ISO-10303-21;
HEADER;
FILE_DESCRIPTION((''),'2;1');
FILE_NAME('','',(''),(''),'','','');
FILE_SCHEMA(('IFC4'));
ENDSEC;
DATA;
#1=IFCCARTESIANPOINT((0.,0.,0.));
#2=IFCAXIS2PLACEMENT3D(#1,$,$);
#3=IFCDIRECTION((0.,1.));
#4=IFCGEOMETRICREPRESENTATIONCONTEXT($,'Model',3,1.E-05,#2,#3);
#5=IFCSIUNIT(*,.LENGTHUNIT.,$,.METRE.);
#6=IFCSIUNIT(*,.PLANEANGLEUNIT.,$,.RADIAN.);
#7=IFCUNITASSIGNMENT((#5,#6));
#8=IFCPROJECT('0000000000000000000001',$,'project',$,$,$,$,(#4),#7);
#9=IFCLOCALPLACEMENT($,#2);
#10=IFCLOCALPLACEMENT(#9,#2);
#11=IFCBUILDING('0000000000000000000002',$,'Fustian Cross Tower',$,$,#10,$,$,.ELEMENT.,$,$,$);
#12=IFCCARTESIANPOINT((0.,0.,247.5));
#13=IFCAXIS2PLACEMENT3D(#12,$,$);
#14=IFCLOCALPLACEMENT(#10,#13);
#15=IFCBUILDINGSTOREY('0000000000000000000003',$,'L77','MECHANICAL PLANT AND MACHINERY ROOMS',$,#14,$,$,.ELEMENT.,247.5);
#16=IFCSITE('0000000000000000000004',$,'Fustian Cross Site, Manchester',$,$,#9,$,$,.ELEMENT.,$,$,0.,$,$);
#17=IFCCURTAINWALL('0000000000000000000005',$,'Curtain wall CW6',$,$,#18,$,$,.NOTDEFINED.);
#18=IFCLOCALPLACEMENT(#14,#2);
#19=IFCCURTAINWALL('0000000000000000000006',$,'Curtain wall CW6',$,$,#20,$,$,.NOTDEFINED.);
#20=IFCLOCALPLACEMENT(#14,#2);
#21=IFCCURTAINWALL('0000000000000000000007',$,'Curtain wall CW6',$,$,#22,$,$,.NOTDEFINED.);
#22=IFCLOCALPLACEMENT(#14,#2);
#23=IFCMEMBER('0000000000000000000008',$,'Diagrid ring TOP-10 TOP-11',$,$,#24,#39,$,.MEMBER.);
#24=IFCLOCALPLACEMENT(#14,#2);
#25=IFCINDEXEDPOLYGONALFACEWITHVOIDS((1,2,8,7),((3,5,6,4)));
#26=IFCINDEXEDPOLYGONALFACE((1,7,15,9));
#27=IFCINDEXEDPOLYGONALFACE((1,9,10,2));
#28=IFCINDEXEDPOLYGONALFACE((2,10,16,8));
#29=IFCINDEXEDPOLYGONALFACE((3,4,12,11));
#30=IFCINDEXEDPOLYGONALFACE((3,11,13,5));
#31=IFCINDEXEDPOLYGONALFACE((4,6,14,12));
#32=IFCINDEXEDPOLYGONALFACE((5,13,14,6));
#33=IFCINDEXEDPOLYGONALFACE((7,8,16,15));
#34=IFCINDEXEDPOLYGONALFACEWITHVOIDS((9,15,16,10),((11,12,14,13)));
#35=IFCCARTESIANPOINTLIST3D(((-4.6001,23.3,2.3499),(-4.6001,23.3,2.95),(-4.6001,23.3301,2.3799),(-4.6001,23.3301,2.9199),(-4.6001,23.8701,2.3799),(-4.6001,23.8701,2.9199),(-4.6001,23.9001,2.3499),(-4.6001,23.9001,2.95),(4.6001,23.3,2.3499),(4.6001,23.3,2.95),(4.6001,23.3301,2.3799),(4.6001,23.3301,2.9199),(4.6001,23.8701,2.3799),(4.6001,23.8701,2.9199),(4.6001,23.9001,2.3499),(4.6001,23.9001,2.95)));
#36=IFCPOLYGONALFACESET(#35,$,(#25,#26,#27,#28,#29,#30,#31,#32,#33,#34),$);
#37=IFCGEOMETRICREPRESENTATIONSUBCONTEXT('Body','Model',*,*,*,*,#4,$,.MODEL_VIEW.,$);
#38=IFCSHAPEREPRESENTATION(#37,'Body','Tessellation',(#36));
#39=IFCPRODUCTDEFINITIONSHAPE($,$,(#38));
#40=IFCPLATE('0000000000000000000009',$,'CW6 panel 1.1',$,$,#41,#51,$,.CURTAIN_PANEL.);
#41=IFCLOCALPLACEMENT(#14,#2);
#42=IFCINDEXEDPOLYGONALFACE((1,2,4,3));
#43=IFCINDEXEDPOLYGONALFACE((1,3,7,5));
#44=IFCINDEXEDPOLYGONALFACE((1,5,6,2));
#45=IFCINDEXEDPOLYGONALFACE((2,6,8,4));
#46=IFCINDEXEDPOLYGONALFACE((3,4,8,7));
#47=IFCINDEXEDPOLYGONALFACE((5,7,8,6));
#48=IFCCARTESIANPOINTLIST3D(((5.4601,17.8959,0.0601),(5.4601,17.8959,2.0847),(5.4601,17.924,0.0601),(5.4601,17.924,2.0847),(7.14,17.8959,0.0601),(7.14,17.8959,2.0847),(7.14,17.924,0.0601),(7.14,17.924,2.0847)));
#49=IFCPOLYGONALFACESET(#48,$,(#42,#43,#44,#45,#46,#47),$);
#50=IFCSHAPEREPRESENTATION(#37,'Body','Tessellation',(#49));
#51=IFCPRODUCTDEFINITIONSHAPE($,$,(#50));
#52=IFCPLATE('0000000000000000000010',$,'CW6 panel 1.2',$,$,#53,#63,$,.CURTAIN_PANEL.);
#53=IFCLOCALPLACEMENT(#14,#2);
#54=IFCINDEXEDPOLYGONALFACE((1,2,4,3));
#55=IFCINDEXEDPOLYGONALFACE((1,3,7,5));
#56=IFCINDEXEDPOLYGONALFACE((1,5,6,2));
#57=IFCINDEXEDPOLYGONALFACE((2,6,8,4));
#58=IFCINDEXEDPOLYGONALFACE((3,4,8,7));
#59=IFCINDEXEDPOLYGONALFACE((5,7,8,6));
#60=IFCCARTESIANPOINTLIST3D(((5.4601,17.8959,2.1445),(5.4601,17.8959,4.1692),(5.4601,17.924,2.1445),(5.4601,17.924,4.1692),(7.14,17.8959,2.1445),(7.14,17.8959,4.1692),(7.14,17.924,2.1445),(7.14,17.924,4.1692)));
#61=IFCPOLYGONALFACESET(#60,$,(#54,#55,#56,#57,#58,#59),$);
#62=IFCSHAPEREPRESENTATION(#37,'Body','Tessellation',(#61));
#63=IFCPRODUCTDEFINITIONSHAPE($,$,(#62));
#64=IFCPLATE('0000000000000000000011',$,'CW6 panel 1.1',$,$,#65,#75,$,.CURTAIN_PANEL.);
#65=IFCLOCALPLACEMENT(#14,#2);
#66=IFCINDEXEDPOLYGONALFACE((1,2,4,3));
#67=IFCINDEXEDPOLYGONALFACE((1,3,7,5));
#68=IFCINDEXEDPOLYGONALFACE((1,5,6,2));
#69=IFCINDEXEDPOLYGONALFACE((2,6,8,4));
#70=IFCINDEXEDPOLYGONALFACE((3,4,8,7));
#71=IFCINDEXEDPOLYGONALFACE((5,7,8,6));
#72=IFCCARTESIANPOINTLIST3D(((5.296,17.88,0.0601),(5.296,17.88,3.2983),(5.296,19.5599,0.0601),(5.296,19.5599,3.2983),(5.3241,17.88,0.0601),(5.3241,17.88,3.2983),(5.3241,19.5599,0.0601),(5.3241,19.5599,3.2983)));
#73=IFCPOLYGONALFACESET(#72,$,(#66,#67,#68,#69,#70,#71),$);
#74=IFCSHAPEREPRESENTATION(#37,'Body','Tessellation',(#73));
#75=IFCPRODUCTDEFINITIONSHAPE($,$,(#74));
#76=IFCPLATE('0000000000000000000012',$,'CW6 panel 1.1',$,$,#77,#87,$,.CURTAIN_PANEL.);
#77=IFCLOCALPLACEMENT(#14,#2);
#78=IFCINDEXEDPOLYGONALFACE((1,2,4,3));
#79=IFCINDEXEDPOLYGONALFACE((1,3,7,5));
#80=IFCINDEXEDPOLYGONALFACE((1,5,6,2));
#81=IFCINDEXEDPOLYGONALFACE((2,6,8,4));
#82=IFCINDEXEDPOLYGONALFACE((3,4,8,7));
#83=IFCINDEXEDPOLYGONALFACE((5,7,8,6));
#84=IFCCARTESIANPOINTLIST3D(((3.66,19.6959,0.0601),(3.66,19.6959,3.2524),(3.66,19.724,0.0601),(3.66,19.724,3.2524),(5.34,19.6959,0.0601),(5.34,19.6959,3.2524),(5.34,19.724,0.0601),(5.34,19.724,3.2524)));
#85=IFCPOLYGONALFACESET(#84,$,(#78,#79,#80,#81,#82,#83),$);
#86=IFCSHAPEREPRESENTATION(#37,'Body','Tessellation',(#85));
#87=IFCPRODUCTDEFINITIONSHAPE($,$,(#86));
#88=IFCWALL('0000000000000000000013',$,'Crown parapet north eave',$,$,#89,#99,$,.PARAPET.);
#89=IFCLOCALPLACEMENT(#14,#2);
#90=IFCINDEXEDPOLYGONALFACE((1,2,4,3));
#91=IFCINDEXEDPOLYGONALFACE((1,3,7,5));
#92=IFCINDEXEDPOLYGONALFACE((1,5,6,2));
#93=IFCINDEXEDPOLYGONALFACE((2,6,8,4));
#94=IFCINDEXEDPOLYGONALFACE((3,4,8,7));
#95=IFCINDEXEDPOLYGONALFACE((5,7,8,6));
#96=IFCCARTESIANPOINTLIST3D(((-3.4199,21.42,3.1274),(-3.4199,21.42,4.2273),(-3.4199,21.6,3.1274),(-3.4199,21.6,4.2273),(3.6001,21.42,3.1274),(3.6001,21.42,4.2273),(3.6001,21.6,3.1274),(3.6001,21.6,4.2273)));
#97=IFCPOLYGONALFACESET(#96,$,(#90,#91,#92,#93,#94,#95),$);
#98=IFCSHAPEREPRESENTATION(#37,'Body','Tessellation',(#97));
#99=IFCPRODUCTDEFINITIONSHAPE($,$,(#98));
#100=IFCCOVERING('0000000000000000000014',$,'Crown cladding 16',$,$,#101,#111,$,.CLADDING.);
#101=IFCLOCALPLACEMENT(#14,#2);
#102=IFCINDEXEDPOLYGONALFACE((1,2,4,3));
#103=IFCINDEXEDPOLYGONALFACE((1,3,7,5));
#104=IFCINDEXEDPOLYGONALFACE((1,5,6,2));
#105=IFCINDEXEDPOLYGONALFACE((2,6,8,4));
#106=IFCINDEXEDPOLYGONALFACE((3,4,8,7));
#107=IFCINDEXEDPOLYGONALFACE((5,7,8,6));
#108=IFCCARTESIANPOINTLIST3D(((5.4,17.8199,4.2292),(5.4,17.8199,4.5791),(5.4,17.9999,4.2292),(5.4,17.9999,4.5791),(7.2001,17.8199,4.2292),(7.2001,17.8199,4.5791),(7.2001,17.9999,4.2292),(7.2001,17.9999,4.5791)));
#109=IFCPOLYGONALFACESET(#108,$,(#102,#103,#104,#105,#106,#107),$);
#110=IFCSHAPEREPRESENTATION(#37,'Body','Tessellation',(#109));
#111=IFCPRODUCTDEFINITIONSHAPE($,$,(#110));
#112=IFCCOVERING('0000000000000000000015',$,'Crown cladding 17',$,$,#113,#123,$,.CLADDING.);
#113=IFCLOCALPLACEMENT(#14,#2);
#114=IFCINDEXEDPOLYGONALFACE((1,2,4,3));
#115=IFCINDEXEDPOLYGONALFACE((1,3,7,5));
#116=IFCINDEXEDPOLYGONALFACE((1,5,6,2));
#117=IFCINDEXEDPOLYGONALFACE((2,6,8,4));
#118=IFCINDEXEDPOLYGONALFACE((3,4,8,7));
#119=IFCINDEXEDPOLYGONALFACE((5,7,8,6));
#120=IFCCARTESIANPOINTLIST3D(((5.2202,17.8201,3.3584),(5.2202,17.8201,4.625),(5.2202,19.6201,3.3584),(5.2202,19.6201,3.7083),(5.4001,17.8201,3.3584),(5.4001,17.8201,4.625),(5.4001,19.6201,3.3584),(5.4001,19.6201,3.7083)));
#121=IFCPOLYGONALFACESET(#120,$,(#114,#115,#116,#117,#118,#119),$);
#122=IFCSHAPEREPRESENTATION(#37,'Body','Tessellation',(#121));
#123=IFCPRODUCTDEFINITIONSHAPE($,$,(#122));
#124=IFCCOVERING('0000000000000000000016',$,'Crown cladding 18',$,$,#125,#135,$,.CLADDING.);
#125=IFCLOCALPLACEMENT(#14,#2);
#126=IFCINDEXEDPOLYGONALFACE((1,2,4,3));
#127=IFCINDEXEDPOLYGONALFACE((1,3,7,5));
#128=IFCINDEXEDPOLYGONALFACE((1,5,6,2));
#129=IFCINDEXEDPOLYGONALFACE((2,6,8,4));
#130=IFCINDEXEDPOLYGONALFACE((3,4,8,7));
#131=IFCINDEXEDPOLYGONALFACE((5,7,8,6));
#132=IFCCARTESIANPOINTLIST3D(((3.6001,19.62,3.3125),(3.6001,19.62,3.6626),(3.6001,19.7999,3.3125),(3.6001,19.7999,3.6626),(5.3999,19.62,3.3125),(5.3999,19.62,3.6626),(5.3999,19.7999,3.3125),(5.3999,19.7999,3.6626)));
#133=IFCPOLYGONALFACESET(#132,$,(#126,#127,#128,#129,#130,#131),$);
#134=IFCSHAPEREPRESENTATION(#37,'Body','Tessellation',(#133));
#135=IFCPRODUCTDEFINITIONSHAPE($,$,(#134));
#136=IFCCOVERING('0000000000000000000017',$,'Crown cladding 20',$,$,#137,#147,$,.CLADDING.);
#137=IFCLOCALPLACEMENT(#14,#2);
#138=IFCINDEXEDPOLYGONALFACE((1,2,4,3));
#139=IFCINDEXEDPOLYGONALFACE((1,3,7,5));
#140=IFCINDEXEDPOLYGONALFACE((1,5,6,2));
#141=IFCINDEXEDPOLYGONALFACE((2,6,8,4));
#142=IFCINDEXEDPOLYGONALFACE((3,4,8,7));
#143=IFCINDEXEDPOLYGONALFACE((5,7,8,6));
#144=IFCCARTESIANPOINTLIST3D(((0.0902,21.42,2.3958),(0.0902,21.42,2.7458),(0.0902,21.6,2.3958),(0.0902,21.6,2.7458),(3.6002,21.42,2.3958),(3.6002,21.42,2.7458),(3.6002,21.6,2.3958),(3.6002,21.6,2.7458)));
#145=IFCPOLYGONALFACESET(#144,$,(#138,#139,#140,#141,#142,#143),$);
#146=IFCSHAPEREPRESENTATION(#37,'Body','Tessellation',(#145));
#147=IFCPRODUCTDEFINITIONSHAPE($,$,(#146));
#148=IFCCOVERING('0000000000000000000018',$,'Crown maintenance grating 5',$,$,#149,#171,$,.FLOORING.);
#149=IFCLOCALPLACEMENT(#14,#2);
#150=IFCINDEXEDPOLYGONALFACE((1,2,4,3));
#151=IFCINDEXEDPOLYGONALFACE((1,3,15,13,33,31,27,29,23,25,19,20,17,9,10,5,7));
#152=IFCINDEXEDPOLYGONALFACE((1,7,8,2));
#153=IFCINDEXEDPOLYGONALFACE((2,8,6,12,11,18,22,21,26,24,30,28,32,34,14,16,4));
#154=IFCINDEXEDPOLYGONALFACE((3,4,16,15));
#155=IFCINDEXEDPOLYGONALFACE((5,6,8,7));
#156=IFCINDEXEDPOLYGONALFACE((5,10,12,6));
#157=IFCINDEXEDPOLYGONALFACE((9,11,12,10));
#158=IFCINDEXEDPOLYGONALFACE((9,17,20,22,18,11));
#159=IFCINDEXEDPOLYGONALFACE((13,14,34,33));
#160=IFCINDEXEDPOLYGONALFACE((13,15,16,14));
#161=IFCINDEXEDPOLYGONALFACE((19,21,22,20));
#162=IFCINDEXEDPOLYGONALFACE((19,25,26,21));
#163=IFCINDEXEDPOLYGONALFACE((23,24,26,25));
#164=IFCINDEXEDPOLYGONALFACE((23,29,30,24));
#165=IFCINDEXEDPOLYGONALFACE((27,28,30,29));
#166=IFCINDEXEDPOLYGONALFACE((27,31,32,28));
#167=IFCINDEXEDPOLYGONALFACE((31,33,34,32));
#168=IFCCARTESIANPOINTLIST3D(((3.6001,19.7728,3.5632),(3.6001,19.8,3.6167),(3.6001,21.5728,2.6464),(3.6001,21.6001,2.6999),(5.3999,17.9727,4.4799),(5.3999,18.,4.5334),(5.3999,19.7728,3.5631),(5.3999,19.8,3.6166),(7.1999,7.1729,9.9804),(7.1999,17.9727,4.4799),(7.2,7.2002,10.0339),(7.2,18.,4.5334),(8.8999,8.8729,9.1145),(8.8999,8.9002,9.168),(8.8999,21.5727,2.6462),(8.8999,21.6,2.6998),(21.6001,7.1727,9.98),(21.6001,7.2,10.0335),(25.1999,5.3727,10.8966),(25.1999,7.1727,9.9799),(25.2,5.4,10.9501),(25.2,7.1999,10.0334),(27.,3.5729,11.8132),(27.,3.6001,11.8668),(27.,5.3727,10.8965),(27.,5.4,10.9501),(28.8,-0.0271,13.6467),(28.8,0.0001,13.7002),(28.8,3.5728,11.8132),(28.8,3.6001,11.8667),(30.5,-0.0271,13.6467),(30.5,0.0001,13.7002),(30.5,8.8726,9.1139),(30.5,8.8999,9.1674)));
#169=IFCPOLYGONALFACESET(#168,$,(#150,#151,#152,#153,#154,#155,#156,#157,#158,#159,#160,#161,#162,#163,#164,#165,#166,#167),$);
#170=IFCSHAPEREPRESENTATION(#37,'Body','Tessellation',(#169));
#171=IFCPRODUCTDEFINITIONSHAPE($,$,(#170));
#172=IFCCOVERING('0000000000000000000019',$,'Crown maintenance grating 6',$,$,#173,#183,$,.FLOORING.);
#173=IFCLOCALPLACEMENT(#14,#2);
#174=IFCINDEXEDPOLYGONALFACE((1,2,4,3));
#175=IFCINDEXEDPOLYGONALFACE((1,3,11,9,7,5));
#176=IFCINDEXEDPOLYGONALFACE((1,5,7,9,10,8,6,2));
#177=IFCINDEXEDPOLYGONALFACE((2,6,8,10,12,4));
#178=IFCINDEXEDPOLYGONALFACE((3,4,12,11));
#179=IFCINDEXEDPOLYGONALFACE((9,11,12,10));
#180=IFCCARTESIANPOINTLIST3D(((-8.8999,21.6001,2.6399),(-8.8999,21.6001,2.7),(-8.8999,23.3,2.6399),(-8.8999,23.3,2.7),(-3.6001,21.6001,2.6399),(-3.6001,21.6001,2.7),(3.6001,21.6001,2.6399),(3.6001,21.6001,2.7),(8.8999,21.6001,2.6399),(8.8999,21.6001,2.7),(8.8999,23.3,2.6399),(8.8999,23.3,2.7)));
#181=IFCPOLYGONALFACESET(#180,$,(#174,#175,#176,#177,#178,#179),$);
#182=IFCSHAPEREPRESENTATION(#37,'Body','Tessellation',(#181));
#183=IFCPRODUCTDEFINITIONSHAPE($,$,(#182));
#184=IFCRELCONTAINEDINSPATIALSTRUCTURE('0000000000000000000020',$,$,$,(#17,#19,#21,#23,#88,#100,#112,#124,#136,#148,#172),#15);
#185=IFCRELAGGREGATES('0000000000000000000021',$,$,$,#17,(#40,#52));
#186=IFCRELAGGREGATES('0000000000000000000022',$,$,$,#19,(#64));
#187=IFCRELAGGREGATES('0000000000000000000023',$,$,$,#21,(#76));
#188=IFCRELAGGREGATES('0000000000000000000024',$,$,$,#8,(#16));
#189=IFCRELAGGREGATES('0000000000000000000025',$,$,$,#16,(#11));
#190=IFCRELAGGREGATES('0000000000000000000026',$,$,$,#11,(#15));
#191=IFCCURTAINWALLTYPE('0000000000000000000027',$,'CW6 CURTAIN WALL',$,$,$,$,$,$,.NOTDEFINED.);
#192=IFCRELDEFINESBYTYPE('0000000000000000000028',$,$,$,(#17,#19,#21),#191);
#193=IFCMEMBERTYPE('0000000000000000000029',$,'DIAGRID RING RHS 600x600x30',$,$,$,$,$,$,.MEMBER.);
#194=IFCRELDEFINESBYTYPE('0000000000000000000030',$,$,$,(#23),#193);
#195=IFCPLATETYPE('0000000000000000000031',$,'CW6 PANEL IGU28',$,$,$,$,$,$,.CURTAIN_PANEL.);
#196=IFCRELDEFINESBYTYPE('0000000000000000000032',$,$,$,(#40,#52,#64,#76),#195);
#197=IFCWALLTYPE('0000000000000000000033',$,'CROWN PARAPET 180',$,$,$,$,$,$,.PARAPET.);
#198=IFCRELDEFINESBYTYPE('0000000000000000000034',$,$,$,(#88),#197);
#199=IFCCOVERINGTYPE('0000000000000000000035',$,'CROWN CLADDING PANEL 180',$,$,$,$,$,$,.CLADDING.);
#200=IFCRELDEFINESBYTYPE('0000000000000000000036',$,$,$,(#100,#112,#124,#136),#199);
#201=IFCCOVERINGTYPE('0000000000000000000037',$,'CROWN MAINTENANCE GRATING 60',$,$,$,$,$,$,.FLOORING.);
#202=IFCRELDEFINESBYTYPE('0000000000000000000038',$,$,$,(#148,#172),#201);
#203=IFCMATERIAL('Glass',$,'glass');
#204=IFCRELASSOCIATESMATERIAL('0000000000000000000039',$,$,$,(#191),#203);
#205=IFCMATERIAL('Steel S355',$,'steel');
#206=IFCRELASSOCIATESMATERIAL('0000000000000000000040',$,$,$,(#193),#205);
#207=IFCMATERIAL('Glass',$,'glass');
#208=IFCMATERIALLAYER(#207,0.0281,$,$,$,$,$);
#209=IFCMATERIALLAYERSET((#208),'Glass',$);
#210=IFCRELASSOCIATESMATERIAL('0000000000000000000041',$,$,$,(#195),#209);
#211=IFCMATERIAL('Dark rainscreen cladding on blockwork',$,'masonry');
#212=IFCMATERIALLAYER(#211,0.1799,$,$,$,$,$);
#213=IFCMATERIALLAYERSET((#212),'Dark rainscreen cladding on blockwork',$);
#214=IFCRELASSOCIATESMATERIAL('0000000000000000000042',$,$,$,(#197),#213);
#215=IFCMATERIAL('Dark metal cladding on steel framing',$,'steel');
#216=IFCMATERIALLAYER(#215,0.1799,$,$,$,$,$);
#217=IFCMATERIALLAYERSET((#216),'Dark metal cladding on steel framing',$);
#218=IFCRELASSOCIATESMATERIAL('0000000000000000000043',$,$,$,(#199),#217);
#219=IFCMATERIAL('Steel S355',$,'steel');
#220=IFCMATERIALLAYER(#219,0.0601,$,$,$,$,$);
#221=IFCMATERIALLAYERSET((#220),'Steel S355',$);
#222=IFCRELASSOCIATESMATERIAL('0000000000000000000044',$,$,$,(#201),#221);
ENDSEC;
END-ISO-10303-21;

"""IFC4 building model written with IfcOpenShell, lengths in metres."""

from ifc_helpers import new_model, si_unit, direction, frame, frame_2d, origin, origin_2d, place, context, subcontext, project, spatial, polyline, rectangle, hollow_rectangle, outline, extrude, material, layer, layer_set, material_profile, profile_set, type_object, element, aggregate, save


model = new_model("IFC4")

# Units and contexts
model_context = context("Model", 3, precision=1e-05, world=origin(), true_north=direction((0.0, 1.0)))
body_context = subcontext(model_context, "Body", "Model", "MODEL_VIEW")
ifc_project = project(units=[si_unit("LENGTHUNIT", "METRE"), si_unit("PLANEANGLEUNIT", "RADIAN")], contexts=[model_context])

# Site, building, storey
site_placement = place(None, origin())
site = spatial("IfcSite", under=ifc_project, at=site_placement, Name="Fustian Cross Site, Manchester", CompositionType="ELEMENT", RefElevation=0.0)
building_placement = place(site_placement, origin())
building = spatial("IfcBuilding", under=site, at=building_placement, Name="Fustian Cross Tower", CompositionType="ELEMENT")
storey_placement = place(building_placement, frame((0.0, 0.0, 247.5)))
storey = spatial("IfcBuildingStorey", under=building, at=storey_placement, Name="L77", Description="MECHANICAL PLANT AND MACHINERY ROOMS", CompositionType="ELEMENT", Elevation=247.5)

# Shared definitions
ifc_material_1 = material(Name="Glass", Category="glass")
curtain_wall_type = type_object("IfcCurtainWallType", Name="CW6 CURTAIN WALL", PredefinedType="NOTDEFINED", material=ifc_material_1)

# Curtain walls
curtain_wall_1_placement = place(storey_placement, origin())
curtain_wall_1 = element("IfcCurtainWall", 1, at=curtain_wall_1_placement, inside=storey, type_object=curtain_wall_type, Name="Curtain wall CW6", PredefinedType="NOTDEFINED")
curtain_wall_2_placement = place(storey_placement, origin())
curtain_wall_2 = element("IfcCurtainWall", 2, at=curtain_wall_2_placement, inside=storey, type_object=curtain_wall_type, Name="Curtain wall CW6", PredefinedType="NOTDEFINED")
curtain_wall_3_placement = place(storey_placement, origin())
curtain_wall_3 = element("IfcCurtainWall", 3, at=curtain_wall_3_placement, inside=storey, type_object=curtain_wall_type, Name="Curtain wall CW6", PredefinedType="NOTDEFINED")

# Member
ifc_material_2 = material(Name="Steel S355", Category="steel")
ifc_material_profile_1 = material_profile(ifc_material_2, hollow_rectangle(XDim=0.6001, YDim=0.6001, WallThickness=0.03, at=origin_2d()), Name="RHS 600x600x30")
ifc_profile_set_1 = profile_set([ifc_material_profile_1], Name="Steel S355")
member_type_1 = type_object("IfcMemberType", Name="DIAGRID RING RHS 600x600x30", PredefinedType="MEMBER", material=ifc_profile_set_1)
member_1_placement = place(storey_placement, frame((4.6001, 23.6001, 2.6499), z_axis=(-1.0, 0.0, 0.0), x_axis=(0.0, -1.0, 0.0)))
element("IfcMember", 4, at=member_1_placement, inside=storey, type_object=member_type_1, Name="Diagrid ring TOP-10 TOP-11", PredefinedType="MEMBER", context=body_context, shape_type="SweptSolid", body=[
    extrude(hollow_rectangle(XDim=0.6001, YDim=0.6001, WallThickness=0.03, at=origin_2d()), origin(), (0.0, 0.0, 1.0), 9.2002),
])

# Plates
ifc_material_3 = material(Name="Glass", Category="glass")
ifc_layer_1 = layer(ifc_material_3, 0.0281)
ifc_layer_set_1 = layer_set([ifc_layer_1], Name="Glass")
plate_type = type_object("IfcPlateType", Name="CW6 PANEL IGU28", PredefinedType="CURTAIN_PANEL", material=ifc_layer_set_1)
plate_1_placement = place(storey_placement, frame((6.3, 17.9099, 0.0601), z_axis=(0.0, 0.0, 1.0), x_axis=(-1.0, 0.0, 0.0)))
plate_1 = element("IfcPlate", 5, at=plate_1_placement, type_object=plate_type, Name="CW6 panel 1.1", PredefinedType="CURTAIN_PANEL", context=body_context, shape_type="SweptSolid", body=[
    extrude(rectangle(XDim=1.6799, YDim=0.0281, at=origin_2d()), origin(), (0.0, 0.0, 1.0), 2.0247),
])
plate_2_placement = place(storey_placement, frame((6.3, 17.9099, 2.1445), z_axis=(0.0, 0.0, 1.0), x_axis=(-1.0, 0.0, 0.0)))
plate_2 = element("IfcPlate", 6, at=plate_2_placement, type_object=plate_type, Name="CW6 panel 1.2", PredefinedType="CURTAIN_PANEL", context=body_context, shape_type="SweptSolid", body=[
    extrude(rectangle(XDim=1.6799, YDim=0.0281, at=origin_2d()), origin(), (0.0, 0.0, 1.0), 2.0247),
])
aggregate(curtain_wall_1, [plate_1, plate_2])
plate_3_placement = place(storey_placement, frame((5.3101, 18.72, 0.0601), z_axis=(0.0, 0.0, 1.0), x_axis=(0.0, 1.0, 0.0)))
plate_3 = element("IfcPlate", 7, at=plate_3_placement, type_object=plate_type, Name="CW6 panel 1.1", PredefinedType="CURTAIN_PANEL", context=body_context, shape_type="SweptSolid", body=[
    extrude(rectangle(XDim=1.6799, YDim=0.0281, at=origin_2d()), origin(), (0.0, 0.0, 1.0), 3.2383),
])
aggregate(curtain_wall_2, [plate_3])
plate_4_placement = place(storey_placement, frame((4.5, 19.71, 0.0601), z_axis=(0.0, 0.0, 1.0), x_axis=(-1.0, 0.0, 0.0)))
plate_4 = element("IfcPlate", 8, at=plate_4_placement, type_object=plate_type, Name="CW6 panel 1.1", PredefinedType="CURTAIN_PANEL", context=body_context, shape_type="SweptSolid", body=[
    extrude(rectangle(XDim=1.6799, YDim=0.0281, at=origin_2d()), origin(), (0.0, 0.0, 1.0), 3.1924),
])
aggregate(curtain_wall_3, [plate_4])

# Wall
ifc_material_4 = material(Name="Dark rainscreen cladding on blockwork", Category="masonry")
ifc_layer_2 = layer(ifc_material_4, 0.1799)
ifc_layer_set_2 = layer_set([ifc_layer_2], Name="Dark rainscreen cladding on blockwork")
wall_type = type_object("IfcWallType", Name="CROWN PARAPET 180", PredefinedType="PARAPET", material=ifc_layer_set_2)
wall_placement = place(storey_placement, frame((3.6001, 21.51, 3.1274), z_axis=(0.0, 0.0, 1.0), x_axis=(-1.0, 0.0, 0.0)))
element("IfcWall", 9, at=wall_placement, inside=storey, type_object=wall_type, Name="Crown parapet north eave", PredefinedType="PARAPET", context=body_context, shape_type="SweptSolid", body=[
    extrude(rectangle(XDim=7.02, YDim=0.1799, at=frame_2d((3.51, 0.0))), origin(), (0.0, 0.0, 1.0), 1.0999),
])

# Coverings
ifc_material_5 = material(Name="Dark metal cladding on steel framing", Category="steel")
ifc_layer_3 = layer(ifc_material_5, 0.1799)
ifc_layer_set_3 = layer_set([ifc_layer_3], Name="Dark metal cladding on steel framing")
covering_type_1 = type_object("IfcCoveringType", Name="CROWN CLADDING PANEL 180", PredefinedType="CLADDING", material=ifc_layer_set_3)
covering_1_placement = place(storey_placement, frame((7.2, 17.9099, 4.2292), z_axis=(0.0, 0.0, 1.0), x_axis=(-1.0, 0.0, 0.0)))
element("IfcCovering", 10, at=covering_1_placement, inside=storey, type_object=covering_type_1, Name="Crown cladding 16", PredefinedType="CLADDING", context=body_context, shape_type="SweptSolid", body=[
    extrude(rectangle(XDim=1.8, YDim=0.1799, at=frame_2d((0.8999, 0.0))), origin(), (0.0, 0.0, 1.0), 0.3499),
])
covering_2_placement = place(storey_placement, frame((5.3101, 17.8201, 3.3584), z_axis=(0.0, 0.0, 1.0), x_axis=(0.0, 1.0, 0.0)))
element("IfcCovering", 11, at=covering_2_placement, inside=storey, type_object=covering_type_1, Name="Crown cladding 17", PredefinedType="CLADDING", context=body_context, shape_type="SweptSolid", body=[
    extrude(outline(polyline([(0.0, 0.0), (1.8, 0.0), (1.8, 0.3499), (0.0, 1.2666), (0.0, 0.0)])), frame((0.0, 0.0898, 0.0), z_axis=(0.0, -1.0, 0.0), x_axis=(1.0, 0.0, 0.0)), (0.0, 0.0, 1.0), 0.1799),
])
covering_3_placement = place(storey_placement, frame((5.3999, 19.71, 3.3125), z_axis=(0.0, 0.0, 1.0), x_axis=(-1.0, 0.0, 0.0)))
element("IfcCovering", 12, at=covering_3_placement, inside=storey, type_object=covering_type_1, Name="Crown cladding 18", PredefinedType="CLADDING", context=body_context, shape_type="SweptSolid", body=[
    extrude(rectangle(XDim=1.7998, YDim=0.1799, at=frame_2d((0.8999, 0.0))), origin(), (0.0, 0.0, 1.0), 0.3501),
])
covering_4_placement = place(storey_placement, frame((3.6001, 21.51, 2.3958), z_axis=(0.0, 0.0, 1.0), x_axis=(-1.0, 0.0, 0.0)))
element("IfcCovering", 13, at=covering_4_placement, inside=storey, type_object=covering_type_1, Name="Crown cladding 20", PredefinedType="CLADDING", context=body_context, shape_type="SweptSolid", body=[
    extrude(rectangle(XDim=3.51, YDim=0.1799, at=frame_2d((1.7549, 0.0))), origin(), (0.0, 0.0, 1.0), 0.3501),
])
ifc_material_6 = material(Name="Steel S355", Category="steel")
ifc_layer_4 = layer(ifc_material_6, 0.0601)
ifc_layer_set_4 = layer_set([ifc_layer_4], Name="Steel S355")
covering_type_2 = type_object("IfcCoveringType", Name="CROWN MAINTENANCE GRATING 60", PredefinedType="FLOORING", material=ifc_layer_set_4)
covering_5_placement = place(storey_placement, frame((3.6001, 19.8, 3.6167), z_axis=(0.000032, 0.453842, 0.891082), x_axis=(1.0, -0.000014, -0.000028)))
element("IfcCovering", 14, at=covering_5_placement, inside=storey, type_object=covering_type_2, Name="Crown maintenance grating 5", PredefinedType="FLOORING", context=body_context, shape_type="SweptSolid", body=[
    extrude(outline(polyline([(0.0, 0.0), (1.7998, 0.0), (1.7998, -2.0201), (3.5999, -2.0201), (3.5999, -14.1399), (18.0, -14.1399), (21.5999, -14.1399), (21.5999, -16.1599), (23.3999, -16.1599), (23.3999, -18.1797), (25.2, -18.1797), (25.2, -22.2197), (26.8999, -22.2197), (26.8999, -12.2321), (5.2998, -12.2321), (5.2998, 2.0201), (0.0, 2.0201), (0.0, 0.0)])), origin(), (0.0, 0.0, -1.0), 0.0601),
])
covering_6_placement = place(storey_placement, frame((3.6001, 21.6001, 2.7), z_axis=(0.0, 0.0, 1.0), x_axis=(1.0, 0.0, 0.0)))
element("IfcCovering", 15, at=covering_6_placement, inside=storey, type_object=covering_type_2, Name="Crown maintenance grating 6", PredefinedType="FLOORING", context=body_context, shape_type="SweptSolid", body=[
    extrude(outline(polyline([(0.0, 0.0), (5.2998, 0.0), (5.2998, 1.7), (-12.5, 1.7), (-12.5, 0.0), (-7.2002, 0.0), (0.0, 0.0)])), origin(), (0.0, 0.0, -1.0), 0.0601),
])

save(model, "model.ifc")
